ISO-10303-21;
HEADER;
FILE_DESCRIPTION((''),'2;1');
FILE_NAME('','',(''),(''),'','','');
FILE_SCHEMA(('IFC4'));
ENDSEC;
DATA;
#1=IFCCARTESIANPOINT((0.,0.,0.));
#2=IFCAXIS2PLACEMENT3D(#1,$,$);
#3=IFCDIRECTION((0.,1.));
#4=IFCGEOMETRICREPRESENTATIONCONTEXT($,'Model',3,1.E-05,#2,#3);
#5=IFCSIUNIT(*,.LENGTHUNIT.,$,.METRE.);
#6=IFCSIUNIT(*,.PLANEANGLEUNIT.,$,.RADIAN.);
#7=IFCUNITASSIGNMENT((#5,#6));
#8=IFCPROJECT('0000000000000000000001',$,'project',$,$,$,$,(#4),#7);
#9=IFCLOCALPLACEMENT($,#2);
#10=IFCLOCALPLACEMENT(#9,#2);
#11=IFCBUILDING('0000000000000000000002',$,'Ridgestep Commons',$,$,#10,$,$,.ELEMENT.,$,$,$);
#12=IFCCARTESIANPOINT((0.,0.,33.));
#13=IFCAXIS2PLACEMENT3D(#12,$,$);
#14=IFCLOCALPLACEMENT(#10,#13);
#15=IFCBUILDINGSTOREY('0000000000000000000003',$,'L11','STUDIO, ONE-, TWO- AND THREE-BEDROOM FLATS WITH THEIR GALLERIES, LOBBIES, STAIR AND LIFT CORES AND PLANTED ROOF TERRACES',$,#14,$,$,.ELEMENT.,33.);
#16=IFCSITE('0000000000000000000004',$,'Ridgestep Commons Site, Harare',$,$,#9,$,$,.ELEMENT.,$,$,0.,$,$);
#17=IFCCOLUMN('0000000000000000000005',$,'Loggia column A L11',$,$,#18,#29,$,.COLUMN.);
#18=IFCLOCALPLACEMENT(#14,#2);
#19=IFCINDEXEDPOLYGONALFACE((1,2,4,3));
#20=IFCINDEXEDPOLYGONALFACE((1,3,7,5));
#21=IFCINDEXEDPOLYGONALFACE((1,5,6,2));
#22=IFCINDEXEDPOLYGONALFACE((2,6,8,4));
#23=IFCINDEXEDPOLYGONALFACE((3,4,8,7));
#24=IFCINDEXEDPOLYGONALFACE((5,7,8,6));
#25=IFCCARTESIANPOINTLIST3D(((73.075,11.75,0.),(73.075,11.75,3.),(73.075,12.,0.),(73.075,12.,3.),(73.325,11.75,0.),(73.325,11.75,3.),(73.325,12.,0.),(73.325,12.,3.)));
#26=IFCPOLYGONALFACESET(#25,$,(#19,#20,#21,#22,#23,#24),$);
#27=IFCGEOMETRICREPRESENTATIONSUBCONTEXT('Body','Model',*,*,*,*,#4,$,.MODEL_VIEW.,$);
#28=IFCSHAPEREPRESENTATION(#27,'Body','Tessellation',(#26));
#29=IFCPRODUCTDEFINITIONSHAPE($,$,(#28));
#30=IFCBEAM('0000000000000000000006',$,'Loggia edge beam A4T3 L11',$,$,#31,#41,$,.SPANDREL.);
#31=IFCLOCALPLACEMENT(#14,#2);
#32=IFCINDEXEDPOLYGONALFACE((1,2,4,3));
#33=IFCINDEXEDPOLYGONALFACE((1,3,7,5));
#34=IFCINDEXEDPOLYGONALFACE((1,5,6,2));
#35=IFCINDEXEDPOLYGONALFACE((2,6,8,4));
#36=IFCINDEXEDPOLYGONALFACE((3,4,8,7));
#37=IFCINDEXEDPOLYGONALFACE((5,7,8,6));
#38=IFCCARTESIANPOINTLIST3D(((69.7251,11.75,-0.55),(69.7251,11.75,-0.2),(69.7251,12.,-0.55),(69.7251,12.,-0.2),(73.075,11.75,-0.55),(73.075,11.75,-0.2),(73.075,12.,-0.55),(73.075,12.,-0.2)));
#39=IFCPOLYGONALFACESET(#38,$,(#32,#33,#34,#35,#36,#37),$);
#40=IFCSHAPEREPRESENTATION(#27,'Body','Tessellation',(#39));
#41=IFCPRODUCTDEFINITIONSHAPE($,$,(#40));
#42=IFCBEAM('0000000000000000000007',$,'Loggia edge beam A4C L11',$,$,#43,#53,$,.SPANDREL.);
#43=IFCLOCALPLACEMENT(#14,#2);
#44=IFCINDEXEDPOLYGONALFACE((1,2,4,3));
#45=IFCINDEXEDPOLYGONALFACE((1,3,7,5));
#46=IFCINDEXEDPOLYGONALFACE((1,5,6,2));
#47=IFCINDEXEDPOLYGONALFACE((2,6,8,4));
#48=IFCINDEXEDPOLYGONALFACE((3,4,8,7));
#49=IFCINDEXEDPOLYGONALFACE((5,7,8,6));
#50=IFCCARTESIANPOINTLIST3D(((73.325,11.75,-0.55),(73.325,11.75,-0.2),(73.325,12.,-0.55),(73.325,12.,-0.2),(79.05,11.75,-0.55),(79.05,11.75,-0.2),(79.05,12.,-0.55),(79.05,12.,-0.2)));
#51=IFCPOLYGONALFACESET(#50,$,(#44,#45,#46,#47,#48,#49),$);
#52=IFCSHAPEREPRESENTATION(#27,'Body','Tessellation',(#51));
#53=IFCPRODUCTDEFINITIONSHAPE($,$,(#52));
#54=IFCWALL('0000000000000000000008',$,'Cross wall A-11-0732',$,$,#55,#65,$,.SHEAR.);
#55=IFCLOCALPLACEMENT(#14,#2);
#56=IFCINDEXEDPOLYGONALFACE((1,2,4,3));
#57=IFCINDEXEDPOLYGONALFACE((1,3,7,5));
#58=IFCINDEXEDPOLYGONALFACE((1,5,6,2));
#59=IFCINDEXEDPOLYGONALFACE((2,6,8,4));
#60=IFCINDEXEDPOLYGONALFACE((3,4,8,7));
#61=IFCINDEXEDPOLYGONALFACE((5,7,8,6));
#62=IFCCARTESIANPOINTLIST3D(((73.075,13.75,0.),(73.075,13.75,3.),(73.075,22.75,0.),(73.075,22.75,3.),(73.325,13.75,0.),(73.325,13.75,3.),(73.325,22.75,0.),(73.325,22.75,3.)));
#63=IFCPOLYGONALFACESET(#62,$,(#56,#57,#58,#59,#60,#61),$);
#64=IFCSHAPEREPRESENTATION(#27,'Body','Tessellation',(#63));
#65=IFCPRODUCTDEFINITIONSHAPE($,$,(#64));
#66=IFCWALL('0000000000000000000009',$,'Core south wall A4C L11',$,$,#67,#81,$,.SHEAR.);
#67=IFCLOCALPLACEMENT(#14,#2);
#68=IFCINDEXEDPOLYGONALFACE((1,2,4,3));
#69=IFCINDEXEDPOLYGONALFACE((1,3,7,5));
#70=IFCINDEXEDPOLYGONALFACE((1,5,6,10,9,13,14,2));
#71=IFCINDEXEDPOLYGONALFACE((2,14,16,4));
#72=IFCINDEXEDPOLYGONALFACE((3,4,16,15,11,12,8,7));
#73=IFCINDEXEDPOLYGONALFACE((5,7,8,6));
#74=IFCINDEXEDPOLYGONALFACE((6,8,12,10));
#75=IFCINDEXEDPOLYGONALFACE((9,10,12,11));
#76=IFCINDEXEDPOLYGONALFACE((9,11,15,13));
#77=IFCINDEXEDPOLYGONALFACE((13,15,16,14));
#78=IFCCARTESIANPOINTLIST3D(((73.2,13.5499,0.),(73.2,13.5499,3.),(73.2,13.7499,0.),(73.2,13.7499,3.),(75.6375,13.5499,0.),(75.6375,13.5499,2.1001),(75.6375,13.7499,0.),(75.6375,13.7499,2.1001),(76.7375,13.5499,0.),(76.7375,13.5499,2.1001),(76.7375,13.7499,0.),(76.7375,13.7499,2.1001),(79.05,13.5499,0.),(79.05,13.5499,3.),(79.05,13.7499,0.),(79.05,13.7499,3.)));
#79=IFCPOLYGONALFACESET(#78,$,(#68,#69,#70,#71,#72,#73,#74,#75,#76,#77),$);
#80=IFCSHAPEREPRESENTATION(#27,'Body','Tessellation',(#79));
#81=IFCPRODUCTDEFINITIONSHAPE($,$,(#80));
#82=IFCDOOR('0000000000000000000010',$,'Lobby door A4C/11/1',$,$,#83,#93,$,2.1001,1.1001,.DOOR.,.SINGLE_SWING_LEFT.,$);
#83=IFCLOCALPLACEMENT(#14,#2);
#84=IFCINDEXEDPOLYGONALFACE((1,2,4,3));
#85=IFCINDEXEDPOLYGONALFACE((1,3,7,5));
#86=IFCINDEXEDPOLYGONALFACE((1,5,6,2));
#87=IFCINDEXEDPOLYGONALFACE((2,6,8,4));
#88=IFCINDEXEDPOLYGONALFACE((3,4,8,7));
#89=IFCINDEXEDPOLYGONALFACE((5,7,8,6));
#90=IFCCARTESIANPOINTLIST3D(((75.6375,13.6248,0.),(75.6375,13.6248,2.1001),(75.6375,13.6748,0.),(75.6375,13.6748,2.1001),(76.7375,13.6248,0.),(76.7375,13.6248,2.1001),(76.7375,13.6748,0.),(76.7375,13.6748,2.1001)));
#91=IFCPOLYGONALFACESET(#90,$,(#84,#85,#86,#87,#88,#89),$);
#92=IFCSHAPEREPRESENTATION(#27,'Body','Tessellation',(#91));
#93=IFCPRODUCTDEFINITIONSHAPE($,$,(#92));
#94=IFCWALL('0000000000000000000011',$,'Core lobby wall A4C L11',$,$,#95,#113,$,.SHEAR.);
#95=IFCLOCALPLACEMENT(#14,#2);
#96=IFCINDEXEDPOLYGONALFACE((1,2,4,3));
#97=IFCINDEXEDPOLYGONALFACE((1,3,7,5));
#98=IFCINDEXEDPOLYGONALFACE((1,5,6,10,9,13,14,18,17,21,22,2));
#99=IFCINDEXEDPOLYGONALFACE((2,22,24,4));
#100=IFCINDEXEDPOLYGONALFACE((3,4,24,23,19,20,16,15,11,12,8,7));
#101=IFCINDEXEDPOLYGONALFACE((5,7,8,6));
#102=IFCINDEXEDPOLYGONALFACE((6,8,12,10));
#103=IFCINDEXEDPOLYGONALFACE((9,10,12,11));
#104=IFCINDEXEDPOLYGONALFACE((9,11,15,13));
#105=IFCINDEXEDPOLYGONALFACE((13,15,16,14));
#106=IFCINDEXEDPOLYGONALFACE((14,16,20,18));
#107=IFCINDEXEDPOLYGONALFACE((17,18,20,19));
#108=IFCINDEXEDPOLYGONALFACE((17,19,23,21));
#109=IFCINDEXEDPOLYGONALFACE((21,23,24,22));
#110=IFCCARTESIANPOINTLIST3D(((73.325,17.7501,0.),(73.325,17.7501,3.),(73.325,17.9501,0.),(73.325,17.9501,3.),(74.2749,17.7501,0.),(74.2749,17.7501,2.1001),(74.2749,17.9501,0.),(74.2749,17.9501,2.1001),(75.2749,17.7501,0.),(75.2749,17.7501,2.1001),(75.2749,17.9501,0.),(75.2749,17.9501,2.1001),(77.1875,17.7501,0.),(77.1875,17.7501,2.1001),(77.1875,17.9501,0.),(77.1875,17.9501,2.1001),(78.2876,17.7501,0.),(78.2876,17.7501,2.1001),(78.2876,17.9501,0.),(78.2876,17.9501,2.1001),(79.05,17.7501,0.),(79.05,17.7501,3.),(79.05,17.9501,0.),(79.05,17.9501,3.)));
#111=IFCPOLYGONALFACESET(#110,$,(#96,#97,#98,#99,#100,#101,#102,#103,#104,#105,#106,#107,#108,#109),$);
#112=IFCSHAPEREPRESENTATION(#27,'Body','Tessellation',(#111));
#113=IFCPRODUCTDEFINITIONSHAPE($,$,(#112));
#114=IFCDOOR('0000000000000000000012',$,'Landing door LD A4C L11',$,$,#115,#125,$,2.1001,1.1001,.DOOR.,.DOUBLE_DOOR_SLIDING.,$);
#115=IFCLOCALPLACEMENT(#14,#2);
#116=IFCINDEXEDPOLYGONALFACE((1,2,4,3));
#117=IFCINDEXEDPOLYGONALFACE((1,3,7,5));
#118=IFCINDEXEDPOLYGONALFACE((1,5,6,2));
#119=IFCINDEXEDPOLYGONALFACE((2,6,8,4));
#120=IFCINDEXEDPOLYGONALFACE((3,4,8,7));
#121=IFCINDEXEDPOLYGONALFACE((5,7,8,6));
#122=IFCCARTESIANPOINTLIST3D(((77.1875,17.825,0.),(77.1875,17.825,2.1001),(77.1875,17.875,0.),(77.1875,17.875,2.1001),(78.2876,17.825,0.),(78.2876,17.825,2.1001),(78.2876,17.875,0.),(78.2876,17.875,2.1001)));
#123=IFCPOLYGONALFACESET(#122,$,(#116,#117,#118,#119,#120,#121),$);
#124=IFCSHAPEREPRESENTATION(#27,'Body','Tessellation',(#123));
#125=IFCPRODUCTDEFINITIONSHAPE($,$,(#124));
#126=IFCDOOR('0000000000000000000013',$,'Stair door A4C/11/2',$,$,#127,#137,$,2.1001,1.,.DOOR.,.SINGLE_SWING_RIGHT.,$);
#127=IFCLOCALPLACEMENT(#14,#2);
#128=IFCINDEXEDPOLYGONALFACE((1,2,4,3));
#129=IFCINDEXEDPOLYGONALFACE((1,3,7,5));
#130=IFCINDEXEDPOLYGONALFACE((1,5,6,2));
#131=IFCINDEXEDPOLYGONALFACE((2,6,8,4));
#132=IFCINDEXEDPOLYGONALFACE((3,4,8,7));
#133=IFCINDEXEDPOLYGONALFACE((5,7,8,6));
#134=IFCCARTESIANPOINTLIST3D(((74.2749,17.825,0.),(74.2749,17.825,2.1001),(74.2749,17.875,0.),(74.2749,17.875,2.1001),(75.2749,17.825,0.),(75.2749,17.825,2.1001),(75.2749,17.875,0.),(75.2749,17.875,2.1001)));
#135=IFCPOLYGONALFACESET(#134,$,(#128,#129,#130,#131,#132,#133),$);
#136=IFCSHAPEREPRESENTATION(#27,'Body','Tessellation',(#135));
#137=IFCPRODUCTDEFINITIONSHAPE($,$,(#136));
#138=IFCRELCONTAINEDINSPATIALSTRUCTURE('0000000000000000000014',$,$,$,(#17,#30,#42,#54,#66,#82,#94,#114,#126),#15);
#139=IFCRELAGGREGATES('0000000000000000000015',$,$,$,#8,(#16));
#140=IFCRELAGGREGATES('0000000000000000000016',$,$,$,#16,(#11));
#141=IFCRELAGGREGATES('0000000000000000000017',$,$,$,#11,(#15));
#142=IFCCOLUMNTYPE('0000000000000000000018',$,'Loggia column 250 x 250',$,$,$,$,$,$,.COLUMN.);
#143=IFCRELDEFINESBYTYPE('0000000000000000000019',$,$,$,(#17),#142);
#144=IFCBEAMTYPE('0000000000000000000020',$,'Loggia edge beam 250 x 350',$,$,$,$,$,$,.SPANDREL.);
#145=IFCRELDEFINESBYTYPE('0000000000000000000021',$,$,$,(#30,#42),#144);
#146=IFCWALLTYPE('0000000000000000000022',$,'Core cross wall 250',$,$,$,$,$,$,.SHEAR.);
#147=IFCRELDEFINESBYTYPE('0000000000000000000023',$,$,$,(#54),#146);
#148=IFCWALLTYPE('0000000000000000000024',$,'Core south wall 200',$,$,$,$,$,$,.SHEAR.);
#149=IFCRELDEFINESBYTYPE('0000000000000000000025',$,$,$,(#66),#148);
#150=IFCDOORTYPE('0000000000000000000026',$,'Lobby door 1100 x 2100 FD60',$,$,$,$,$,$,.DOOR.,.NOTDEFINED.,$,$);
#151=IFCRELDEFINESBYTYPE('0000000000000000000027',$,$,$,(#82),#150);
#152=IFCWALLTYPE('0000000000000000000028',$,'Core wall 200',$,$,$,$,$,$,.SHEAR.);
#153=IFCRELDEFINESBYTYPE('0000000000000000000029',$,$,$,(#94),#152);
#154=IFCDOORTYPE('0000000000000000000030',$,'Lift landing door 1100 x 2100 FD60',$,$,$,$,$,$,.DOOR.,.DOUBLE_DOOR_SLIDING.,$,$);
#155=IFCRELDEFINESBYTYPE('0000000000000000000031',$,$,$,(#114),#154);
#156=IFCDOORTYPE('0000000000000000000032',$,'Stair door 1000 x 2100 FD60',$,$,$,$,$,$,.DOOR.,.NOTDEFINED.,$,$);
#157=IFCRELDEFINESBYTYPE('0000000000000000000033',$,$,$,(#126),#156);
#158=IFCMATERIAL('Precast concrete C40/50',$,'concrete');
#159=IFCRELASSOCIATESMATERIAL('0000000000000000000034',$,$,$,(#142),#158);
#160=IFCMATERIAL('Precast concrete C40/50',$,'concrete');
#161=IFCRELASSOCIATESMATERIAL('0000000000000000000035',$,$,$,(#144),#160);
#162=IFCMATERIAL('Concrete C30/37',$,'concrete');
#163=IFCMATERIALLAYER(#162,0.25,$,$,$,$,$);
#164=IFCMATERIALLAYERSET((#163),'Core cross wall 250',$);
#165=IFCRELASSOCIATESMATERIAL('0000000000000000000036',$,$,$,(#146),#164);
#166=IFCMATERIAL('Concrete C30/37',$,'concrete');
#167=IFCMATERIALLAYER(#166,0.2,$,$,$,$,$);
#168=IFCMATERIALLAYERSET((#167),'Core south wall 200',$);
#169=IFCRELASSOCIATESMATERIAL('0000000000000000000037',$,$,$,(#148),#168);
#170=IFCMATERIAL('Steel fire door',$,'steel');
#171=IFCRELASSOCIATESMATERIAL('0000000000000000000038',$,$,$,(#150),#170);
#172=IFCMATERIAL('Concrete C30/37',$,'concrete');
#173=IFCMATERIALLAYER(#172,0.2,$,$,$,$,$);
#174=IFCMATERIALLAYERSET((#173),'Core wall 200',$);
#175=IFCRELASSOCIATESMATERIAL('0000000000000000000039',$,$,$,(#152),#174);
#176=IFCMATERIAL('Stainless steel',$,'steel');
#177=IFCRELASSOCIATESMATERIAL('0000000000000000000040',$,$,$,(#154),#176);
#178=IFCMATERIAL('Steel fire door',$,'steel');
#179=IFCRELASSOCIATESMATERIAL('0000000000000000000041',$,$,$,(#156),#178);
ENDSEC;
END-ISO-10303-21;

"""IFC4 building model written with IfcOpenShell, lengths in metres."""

from ifc_helpers import new_model, si_unit, direction, frame, frame_2d, origin, origin_2d, place, context, subcontext, project, spatial, rectangle, extrude, material, layer, layer_set, material_profile, profile_set, type_object, element, fill, save


model = new_model("IFC4")

# Units and contexts
model_context = context("Model", 3, precision=1e-05, world=origin(), true_north=direction((0.0, 1.0)))
body_context = subcontext(model_context, "Body", "Model", "MODEL_VIEW")
ifc_project = project(units=[si_unit("LENGTHUNIT", "METRE"), si_unit("PLANEANGLEUNIT", "RADIAN")], contexts=[model_context])

# Site, building, storey
site_placement = place(None, origin())
site = spatial("IfcSite", under=ifc_project, at=site_placement, Name="Ridgestep Commons Site, Harare", CompositionType="ELEMENT", RefElevation=0.0)
building_placement = place(site_placement, origin())
building = spatial("IfcBuilding", under=site, at=building_placement, Name="Ridgestep Commons", CompositionType="ELEMENT")
storey_placement = place(building_placement, frame((0.0, 0.0, 33.0)))
storey = spatial("IfcBuildingStorey", under=building, at=storey_placement, Name="L11", Description="STUDIO, ONE-, TWO- AND THREE-BEDROOM FLATS WITH THEIR GALLERIES, LOBBIES, STAIR AND LIFT CORES AND PLANTED ROOF TERRACES", CompositionType="ELEMENT", Elevation=33.0)

# Column
ifc_material_1 = material(Name="Precast concrete C40/50", Category="concrete")
ifc_material_profile_1 = material_profile(ifc_material_1, rectangle(XDim=0.25, YDim=0.25, at=origin_2d()), Name="PC 250x250")
ifc_profile_set_1 = profile_set([ifc_material_profile_1], Name="Precast concrete C40/50")
column_type = type_object("IfcColumnType", Name="Loggia column 250 x 250", PredefinedType="COLUMN", material=ifc_profile_set_1)
column_placement = place(storey_placement, frame((73.2, 11.875, 0.0), z_axis=(0.0, 0.0, 1.0), x_axis=(1.0, 0.0, 0.0)))
element("IfcColumn", 1, at=column_placement, inside=storey, type_object=column_type, Name="Loggia column A L11", PredefinedType="COLUMN", context=body_context, shape_type="SweptSolid", body=[
    extrude(rectangle(XDim=0.25, YDim=0.25, at=origin_2d()), origin(), (0.0, 0.0, 1.0), 3.0),
])

# Beams
ifc_material_2 = material(Name="Precast concrete C40/50", Category="concrete")
ifc_material_profile_2 = material_profile(ifc_material_2, rectangle(XDim=0.25, YDim=0.3501, at=origin_2d()), Name="PC 250x350")
ifc_profile_set_2 = profile_set([ifc_material_profile_2], Name="Precast concrete C40/50")
beam_type = type_object("IfcBeamType", Name="Loggia edge beam 250 x 350", PredefinedType="SPANDREL", material=ifc_profile_set_2)
beam_1_placement = place(storey_placement, frame((69.7251, 11.875, -0.375), z_axis=(1.0, 0.0, 0.0), x_axis=(0.0, 1.0, 0.0)))
element("IfcBeam", 2, at=beam_1_placement, inside=storey, type_object=beam_type, Name="Loggia edge beam A4T3 L11", PredefinedType="SPANDREL", context=body_context, shape_type="SweptSolid", body=[
    extrude(rectangle(XDim=0.25, YDim=0.3501, at=origin_2d()), origin(), (0.0, 0.0, 1.0), 3.3499),
])
beam_2_placement = place(storey_placement, frame((73.325, 11.875, -0.375), z_axis=(1.0, 0.0, 0.0), x_axis=(0.0, 1.0, 0.0)))
element("IfcBeam", 3, at=beam_2_placement, inside=storey, type_object=beam_type, Name="Loggia edge beam A4C L11", PredefinedType="SPANDREL", context=body_context, shape_type="SweptSolid", body=[
    extrude(rectangle(XDim=0.25, YDim=0.3501, at=origin_2d()), origin(), (0.0, 0.0, 1.0), 5.7251),
])

# Wall
ifc_material_3 = material(Name="Concrete C30/37", Category="concrete")
ifc_layer_1 = layer(ifc_material_3, 0.25)
ifc_layer_set_1 = layer_set([ifc_layer_1], Name="Core cross wall 250")
wall_type_1 = type_object("IfcWallType", Name="Core cross wall 250", PredefinedType="SHEAR", material=ifc_layer_set_1)
wall_1_placement = place(storey_placement, frame((73.2, 13.75, 0.0), z_axis=(0.0, 0.0, 1.0), x_axis=(0.0, 1.0, 0.0)))
element("IfcWall", 4, at=wall_1_placement, inside=storey, type_object=wall_type_1, Name="Cross wall A-11-0732", PredefinedType="SHEAR", context=body_context, shape_type="SweptSolid", body=[
    extrude(rectangle(XDim=9.0, YDim=0.25, at=frame_2d((4.5, 0.0))), origin(), (0.0, 0.0, 1.0), 3.0),
])

# Wall, opening, door
ifc_material_4 = material(Name="Concrete C30/37", Category="concrete")
ifc_layer_2 = layer(ifc_material_4, 0.2)
ifc_layer_set_2 = layer_set([ifc_layer_2], Name="Core south wall 200")
wall_type_2 = type_object("IfcWallType", Name="Core south wall 200", PredefinedType="SHEAR", material=ifc_layer_set_2)
wall_2_placement = place(storey_placement, frame((73.2, 13.6499, 0.0), z_axis=(0.0, 0.0, 1.0), x_axis=(1.0, 0.0, 0.0)))
wall_2 = element("IfcWall", 5, at=wall_2_placement, inside=storey, type_object=wall_type_2, Name="Core south wall A4C L11", PredefinedType="SHEAR", context=body_context, shape_type="SweptSolid", body=[
    extrude(rectangle(XDim=5.8501, YDim=0.2, at=frame_2d((2.925, 0.0))), origin(), (0.0, 0.0, 1.0), 3.0),
])
opening_1_placement = place(wall_2_placement, frame((2.4375, 0.0, 0.0)))
opening_1 = element("IfcOpeningElement", 6, at=opening_1_placement, cuts=wall_2, PredefinedType="OPENING", context=body_context, shape_type="SweptSolid", body=[
    extrude(rectangle(XDim=1.1001, YDim=2.1001, at=frame_2d((0.55, 1.05))), frame((0.0, 0.1099, 0.0), z_axis=(0.0, -1.0, 0.0), x_axis=(1.0, 0.0, 0.0)), (0.0, 0.0, 1.0), 0.22),
])
ifc_material_5 = material(Name="Steel fire door", Category="steel")
door_type_1 = type_object("IfcDoorType", Name="Lobby door 1100 x 2100 FD60", OperationType="NOTDEFINED", PredefinedType="DOOR", material=ifc_material_5)
door_1_placement = place(opening_1_placement, origin())
door_1 = element("IfcDoor", 7, at=door_1_placement, inside=storey, type_object=door_type_1, Name="Lobby door A4C/11/1", OperationType="SINGLE_SWING_LEFT", OverallHeight=2.1001, OverallWidth=1.1001, PredefinedType="DOOR", context=body_context, shape_type="SweptSolid", body=[
    extrude(rectangle(XDim=1.1001, YDim=2.1001, at=frame_2d((0.55, 1.05))), frame((0.0, 0.0249, 0.0), z_axis=(0.0, -1.0, 0.0), x_axis=(1.0, 0.0, 0.0)), (0.0, 0.0, 1.0), 0.05),
])
fill(opening_1, door_1)

# Wall, openings, doors
ifc_material_6 = material(Name="Concrete C30/37", Category="concrete")
ifc_layer_3 = layer(ifc_material_6, 0.2)
ifc_layer_set_3 = layer_set([ifc_layer_3], Name="Core wall 200")
wall_type_3 = type_object("IfcWallType", Name="Core wall 200", PredefinedType="SHEAR", material=ifc_layer_set_3)
wall_3_placement = place(storey_placement, frame((73.325, 17.8501, 0.0), z_axis=(0.0, 0.0, 1.0), x_axis=(1.0, 0.0, 0.0)))
wall_3 = element("IfcWall", 8, at=wall_3_placement, inside=storey, type_object=wall_type_3, Name="Core lobby wall A4C L11", PredefinedType="SHEAR", context=body_context, shape_type="SweptSolid", body=[
    extrude(rectangle(XDim=5.7251, YDim=0.2, at=frame_2d((2.8625, 0.0))), origin(), (0.0, 0.0, 1.0), 3.0),
])
opening_2_placement = place(wall_3_placement, frame((0.95, 0.0, 0.0)))
opening_2 = element("IfcOpeningElement", 9, at=opening_2_placement, cuts=wall_3, PredefinedType="OPENING", context=body_context, shape_type="SweptSolid", body=[
    extrude(rectangle(XDim=1.0, YDim=2.1001, at=frame_2d((0.5, 1.05))), frame((0.0, 0.1099, 0.0), z_axis=(0.0, -1.0, 0.0), x_axis=(1.0, 0.0, 0.0)), (0.0, 0.0, 1.0), 0.22),
])
opening_3_placement = place(wall_3_placement, frame((3.8625, 0.0, 0.0)))
opening_3 = element("IfcOpeningElement", 10, at=opening_3_placement, cuts=wall_3, PredefinedType="OPENING", context=body_context, shape_type="SweptSolid", body=[
    extrude(rectangle(XDim=1.1001, YDim=2.1001, at=frame_2d((0.55, 1.05))), frame((0.0, 0.1099, 0.0), z_axis=(0.0, -1.0, 0.0), x_axis=(1.0, 0.0, 0.0)), (0.0, 0.0, 1.0), 0.22),
])
ifc_material_7 = material(Name="Stainless steel", Category="steel")
door_type_2 = type_object("IfcDoorType", Name="Lift landing door 1100 x 2100 FD60", OperationType="DOUBLE_DOOR_SLIDING", PredefinedType="DOOR", material=ifc_material_7)
door_2_placement = place(opening_3_placement, origin())
door_2 = element("IfcDoor", 11, at=door_2_placement, inside=storey, type_object=door_type_2, Name="Landing door LD A4C L11", OperationType="DOUBLE_DOOR_SLIDING", OverallHeight=2.1001, OverallWidth=1.1001, PredefinedType="DOOR", context=body_context, shape_type="SweptSolid", body=[
    extrude(rectangle(XDim=1.1001, YDim=2.1001, at=frame_2d((0.55, 1.05))), frame((0.0, 0.0249, 0.0), z_axis=(0.0, -1.0, 0.0), x_axis=(1.0, 0.0, 0.0)), (0.0, 0.0, 1.0), 0.05),
])
fill(opening_3, door_2)
ifc_material_8 = material(Name="Steel fire door", Category="steel")
door_type_3 = type_object("IfcDoorType", Name="Stair door 1000 x 2100 FD60", OperationType="NOTDEFINED", PredefinedType="DOOR", material=ifc_material_8)
door_3_placement = place(opening_2_placement, origin())
door_3 = element("IfcDoor", 12, at=door_3_placement, inside=storey, type_object=door_type_3, Name="Stair door A4C/11/2", OperationType="SINGLE_SWING_RIGHT", OverallHeight=2.1001, OverallWidth=1.0, PredefinedType="DOOR", context=body_context, shape_type="SweptSolid", body=[
    extrude(rectangle(XDim=1.0, YDim=2.1001, at=frame_2d((0.5, 1.05))), frame((0.0, 0.0249, 0.0), z_axis=(0.0, -1.0, 0.0), x_axis=(1.0, 0.0, 0.0)), (0.0, 0.0, 1.0), 0.05),
])
fill(opening_2, door_3)

save(model, "model.ifc")
